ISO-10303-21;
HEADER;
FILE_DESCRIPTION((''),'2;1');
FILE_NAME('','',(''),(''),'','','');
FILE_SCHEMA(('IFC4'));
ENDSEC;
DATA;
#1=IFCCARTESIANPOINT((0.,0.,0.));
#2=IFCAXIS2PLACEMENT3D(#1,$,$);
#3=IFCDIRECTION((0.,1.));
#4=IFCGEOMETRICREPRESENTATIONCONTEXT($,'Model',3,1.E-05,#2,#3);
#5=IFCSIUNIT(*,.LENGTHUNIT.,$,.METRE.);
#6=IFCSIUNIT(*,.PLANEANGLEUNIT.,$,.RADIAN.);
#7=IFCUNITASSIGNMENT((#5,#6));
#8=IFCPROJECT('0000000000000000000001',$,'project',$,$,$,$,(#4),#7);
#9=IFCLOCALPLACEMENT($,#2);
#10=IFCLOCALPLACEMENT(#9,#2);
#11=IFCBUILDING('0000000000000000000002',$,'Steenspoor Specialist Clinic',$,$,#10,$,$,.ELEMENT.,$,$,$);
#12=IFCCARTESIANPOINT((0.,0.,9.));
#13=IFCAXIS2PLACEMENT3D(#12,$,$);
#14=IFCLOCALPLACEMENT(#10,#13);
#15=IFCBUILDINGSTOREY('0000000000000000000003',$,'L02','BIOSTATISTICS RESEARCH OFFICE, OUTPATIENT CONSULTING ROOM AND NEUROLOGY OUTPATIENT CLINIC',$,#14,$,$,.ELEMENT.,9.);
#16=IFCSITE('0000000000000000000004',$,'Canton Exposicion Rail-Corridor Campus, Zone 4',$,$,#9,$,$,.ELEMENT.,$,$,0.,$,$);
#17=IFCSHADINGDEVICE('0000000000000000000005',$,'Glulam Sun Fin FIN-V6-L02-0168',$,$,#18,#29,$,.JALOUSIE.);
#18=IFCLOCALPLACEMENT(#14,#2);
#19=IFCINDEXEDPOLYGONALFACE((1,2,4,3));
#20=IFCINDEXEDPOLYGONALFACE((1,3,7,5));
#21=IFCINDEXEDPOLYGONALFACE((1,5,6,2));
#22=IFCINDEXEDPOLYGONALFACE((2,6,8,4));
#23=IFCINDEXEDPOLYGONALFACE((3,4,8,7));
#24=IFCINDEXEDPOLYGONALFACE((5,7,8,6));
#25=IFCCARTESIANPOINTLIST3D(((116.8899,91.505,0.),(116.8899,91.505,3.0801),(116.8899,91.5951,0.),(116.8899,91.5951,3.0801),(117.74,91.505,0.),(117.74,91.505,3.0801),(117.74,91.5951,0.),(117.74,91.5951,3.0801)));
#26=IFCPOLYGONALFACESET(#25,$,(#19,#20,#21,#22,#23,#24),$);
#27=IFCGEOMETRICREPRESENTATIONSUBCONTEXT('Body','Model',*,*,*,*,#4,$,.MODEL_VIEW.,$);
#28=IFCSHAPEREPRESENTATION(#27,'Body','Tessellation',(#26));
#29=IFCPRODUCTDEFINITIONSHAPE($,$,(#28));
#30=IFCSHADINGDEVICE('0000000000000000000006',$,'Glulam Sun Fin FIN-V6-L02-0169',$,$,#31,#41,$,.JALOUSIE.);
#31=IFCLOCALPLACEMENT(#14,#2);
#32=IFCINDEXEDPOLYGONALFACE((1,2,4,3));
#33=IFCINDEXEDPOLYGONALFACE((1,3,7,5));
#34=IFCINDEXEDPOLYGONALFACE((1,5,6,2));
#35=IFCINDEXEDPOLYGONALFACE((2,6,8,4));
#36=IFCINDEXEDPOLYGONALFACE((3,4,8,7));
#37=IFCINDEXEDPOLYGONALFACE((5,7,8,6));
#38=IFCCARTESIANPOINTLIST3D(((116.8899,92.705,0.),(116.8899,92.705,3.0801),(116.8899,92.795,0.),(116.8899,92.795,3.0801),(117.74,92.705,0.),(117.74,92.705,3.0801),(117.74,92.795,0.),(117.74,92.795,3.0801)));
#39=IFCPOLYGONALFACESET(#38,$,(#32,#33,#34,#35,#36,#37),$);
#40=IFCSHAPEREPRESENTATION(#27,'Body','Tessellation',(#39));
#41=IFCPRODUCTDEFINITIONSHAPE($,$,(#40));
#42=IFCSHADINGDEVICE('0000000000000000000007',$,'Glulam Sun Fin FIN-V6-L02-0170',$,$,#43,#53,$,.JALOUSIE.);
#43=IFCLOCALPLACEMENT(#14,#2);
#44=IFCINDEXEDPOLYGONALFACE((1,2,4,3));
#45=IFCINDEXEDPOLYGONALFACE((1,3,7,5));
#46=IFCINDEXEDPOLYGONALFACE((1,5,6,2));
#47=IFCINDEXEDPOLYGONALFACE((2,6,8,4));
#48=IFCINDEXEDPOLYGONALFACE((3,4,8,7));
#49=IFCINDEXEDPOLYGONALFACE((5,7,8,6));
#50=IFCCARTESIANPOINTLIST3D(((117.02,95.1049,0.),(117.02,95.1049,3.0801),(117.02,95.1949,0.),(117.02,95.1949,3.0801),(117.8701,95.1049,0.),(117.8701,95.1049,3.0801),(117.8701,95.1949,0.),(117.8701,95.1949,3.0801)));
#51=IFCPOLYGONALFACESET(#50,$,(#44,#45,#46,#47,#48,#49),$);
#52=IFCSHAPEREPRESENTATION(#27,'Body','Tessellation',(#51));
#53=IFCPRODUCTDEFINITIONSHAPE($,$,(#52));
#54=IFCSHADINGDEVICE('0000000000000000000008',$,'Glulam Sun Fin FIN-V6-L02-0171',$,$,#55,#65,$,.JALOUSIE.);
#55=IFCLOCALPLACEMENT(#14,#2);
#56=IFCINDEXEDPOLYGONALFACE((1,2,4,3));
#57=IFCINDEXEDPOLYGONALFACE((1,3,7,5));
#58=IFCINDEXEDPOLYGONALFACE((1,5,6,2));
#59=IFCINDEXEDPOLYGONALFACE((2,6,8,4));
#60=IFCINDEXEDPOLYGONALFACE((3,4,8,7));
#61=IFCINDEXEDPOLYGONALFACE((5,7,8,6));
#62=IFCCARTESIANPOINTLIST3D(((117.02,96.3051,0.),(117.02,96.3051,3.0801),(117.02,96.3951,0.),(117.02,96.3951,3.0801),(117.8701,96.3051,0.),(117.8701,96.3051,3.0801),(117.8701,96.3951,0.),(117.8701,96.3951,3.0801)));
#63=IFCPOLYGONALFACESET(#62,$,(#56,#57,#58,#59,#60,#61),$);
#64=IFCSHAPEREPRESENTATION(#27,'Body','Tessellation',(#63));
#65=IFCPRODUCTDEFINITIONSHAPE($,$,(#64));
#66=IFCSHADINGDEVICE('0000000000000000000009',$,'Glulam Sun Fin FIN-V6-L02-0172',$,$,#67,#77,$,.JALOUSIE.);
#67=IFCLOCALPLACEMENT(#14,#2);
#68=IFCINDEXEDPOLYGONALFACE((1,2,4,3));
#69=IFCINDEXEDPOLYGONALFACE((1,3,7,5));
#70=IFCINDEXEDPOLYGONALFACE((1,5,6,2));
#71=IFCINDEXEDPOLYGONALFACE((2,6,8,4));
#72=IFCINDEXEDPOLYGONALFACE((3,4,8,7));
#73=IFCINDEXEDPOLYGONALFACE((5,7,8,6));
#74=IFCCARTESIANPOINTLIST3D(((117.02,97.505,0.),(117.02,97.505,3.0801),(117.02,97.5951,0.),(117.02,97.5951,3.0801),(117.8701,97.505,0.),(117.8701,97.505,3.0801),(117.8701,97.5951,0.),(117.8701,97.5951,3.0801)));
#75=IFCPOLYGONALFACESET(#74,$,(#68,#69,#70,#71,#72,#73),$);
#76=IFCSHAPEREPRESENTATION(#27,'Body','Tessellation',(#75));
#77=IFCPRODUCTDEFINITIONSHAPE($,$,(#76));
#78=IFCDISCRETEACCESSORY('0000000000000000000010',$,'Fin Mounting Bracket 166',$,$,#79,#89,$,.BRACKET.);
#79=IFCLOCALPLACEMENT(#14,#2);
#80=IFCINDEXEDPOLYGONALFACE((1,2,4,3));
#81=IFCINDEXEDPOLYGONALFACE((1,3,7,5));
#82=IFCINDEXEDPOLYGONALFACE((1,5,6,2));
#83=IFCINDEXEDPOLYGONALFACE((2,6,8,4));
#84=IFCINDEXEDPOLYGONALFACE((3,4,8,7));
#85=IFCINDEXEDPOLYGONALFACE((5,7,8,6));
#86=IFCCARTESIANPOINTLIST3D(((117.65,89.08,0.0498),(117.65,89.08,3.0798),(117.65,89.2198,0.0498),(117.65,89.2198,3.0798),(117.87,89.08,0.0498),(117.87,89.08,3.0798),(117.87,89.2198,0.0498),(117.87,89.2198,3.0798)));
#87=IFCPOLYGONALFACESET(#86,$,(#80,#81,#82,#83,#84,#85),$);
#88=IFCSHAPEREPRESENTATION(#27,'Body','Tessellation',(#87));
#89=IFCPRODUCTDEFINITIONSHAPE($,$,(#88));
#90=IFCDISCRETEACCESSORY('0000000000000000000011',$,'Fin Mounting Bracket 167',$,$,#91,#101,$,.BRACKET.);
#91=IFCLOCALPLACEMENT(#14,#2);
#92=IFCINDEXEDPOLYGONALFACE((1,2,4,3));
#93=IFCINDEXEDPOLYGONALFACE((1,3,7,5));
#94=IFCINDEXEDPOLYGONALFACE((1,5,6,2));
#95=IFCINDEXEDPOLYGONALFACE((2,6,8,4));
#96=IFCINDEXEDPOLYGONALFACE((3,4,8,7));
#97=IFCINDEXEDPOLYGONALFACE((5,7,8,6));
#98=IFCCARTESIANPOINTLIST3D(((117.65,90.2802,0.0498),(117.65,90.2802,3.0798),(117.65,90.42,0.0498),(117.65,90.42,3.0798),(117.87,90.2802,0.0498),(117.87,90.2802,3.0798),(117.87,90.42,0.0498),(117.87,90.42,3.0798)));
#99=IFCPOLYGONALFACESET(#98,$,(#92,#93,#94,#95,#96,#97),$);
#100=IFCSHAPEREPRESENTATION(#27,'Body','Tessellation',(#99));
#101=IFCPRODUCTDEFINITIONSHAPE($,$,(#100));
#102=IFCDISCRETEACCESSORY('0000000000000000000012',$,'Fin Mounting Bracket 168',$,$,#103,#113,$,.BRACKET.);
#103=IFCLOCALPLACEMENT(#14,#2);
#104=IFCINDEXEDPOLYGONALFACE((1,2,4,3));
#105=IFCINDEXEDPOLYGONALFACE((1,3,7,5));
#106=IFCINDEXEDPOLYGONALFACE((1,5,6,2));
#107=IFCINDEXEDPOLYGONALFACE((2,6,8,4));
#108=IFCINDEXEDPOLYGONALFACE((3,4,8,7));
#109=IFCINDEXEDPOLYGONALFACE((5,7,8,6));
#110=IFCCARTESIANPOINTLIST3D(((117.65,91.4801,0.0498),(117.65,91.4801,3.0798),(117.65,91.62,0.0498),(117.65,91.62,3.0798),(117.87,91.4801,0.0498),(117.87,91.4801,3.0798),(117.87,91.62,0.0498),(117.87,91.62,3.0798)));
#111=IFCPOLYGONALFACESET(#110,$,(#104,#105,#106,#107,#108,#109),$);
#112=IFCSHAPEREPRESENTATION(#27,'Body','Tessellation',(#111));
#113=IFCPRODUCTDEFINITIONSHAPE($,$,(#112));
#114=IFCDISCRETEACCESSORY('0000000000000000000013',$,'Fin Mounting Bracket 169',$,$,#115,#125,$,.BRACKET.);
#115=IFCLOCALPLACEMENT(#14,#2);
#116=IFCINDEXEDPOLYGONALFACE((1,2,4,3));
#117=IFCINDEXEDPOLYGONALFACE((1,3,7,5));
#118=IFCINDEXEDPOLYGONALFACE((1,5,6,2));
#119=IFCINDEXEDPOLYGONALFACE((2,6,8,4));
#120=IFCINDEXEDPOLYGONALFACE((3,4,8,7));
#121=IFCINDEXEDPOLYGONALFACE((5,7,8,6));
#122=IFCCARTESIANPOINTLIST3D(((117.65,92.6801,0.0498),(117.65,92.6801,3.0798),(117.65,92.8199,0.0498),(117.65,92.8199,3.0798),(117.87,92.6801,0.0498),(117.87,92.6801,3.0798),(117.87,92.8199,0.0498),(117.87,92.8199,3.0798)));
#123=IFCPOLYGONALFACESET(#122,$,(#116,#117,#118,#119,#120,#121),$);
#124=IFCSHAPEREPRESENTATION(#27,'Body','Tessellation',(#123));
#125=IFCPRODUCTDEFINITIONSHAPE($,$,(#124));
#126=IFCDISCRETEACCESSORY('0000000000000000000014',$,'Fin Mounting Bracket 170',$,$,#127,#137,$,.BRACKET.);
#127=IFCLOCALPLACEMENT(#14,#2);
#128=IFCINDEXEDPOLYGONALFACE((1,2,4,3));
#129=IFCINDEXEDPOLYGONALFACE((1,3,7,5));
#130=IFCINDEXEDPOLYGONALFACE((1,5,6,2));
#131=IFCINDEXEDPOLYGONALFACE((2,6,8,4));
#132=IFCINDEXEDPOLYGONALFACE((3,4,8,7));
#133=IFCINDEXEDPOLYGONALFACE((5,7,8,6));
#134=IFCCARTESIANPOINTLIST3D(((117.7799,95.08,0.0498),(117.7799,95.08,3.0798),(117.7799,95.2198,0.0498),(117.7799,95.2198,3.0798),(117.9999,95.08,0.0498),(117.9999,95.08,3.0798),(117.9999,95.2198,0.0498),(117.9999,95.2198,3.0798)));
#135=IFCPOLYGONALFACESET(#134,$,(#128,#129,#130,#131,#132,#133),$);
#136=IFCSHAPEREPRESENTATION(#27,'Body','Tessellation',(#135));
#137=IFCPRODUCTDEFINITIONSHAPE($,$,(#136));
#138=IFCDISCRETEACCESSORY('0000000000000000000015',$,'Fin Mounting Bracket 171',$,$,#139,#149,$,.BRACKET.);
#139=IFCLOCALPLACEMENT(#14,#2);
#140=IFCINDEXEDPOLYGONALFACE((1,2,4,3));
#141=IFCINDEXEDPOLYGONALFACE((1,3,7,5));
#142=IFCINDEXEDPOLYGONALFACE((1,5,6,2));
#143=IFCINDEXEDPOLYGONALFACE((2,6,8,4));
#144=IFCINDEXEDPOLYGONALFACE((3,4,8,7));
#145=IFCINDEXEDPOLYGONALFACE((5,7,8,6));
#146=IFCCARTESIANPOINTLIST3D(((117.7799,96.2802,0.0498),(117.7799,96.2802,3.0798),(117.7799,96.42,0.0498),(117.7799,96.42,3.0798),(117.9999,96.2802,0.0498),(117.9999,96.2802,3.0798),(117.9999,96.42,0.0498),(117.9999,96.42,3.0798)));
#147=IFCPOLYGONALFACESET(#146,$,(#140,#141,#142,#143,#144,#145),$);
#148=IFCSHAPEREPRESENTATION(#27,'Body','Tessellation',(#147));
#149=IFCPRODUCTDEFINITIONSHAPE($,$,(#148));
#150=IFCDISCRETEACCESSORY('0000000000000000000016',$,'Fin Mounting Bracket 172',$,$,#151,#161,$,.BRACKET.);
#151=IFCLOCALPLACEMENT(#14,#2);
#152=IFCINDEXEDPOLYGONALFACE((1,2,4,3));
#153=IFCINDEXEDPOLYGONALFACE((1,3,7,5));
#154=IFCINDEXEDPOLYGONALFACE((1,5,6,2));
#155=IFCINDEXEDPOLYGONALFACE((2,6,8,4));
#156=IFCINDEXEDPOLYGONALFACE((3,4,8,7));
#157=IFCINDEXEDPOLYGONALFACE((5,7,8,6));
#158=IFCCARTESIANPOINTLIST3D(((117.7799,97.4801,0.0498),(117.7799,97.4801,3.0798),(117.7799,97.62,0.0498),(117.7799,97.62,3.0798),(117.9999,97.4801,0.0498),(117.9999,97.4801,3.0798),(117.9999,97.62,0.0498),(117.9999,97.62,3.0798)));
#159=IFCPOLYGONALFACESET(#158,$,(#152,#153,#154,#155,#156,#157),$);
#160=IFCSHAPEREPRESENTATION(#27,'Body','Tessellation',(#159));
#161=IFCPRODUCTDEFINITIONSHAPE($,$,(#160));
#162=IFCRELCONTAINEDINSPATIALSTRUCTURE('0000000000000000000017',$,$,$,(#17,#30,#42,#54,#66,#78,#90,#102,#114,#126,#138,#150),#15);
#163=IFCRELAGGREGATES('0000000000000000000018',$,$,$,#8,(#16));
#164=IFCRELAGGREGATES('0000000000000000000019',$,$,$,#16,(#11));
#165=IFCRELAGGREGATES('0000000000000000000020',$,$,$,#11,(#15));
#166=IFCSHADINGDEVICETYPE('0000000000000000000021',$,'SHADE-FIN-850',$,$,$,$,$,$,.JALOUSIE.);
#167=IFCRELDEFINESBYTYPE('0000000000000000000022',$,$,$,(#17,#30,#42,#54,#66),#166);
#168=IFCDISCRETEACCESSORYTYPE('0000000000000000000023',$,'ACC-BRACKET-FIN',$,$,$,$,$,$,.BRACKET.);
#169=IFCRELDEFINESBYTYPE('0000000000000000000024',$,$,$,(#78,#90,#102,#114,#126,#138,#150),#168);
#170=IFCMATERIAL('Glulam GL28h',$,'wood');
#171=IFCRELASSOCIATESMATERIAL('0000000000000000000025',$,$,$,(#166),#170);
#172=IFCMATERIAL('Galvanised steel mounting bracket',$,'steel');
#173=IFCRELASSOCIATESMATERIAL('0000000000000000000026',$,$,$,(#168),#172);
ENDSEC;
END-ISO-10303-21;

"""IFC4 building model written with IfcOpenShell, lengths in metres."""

from ifc_helpers import new_model, si_unit, direction, frame, origin, origin_2d, place, context, subcontext, project, spatial, rectangle, extrude, material, material_profile, profile_set, type_object, element, save


model = new_model("IFC4")

# Units and contexts
model_context = context("Model", 3, precision=1e-05, world=origin(), true_north=direction((0.0, 1.0)))
body_context = subcontext(model_context, "Body", "Model", "MODEL_VIEW")
ifc_project = project(units=[si_unit("LENGTHUNIT", "METRE"), si_unit("PLANEANGLEUNIT", "RADIAN")], contexts=[model_context])

# Site, building, storey
site_placement = place(None, origin())
site = spatial("IfcSite", under=ifc_project, at=site_placement, Name="Canton Exposicion Rail-Corridor Campus, Zone 4", CompositionType="ELEMENT", RefElevation=0.0)
building_placement = place(site_placement, origin())
building = spatial("IfcBuilding", under=site, at=building_placement, Name="Steenspoor Specialist Clinic", CompositionType="ELEMENT")
storey_placement = place(building_placement, frame((0.0, 0.0, 9.0)))
storey = spatial("IfcBuildingStorey", under=building, at=storey_placement, Name="L02", Description="BIOSTATISTICS RESEARCH OFFICE, OUTPATIENT CONSULTING ROOM AND NEUROLOGY OUTPATIENT CLINIC", CompositionType="ELEMENT", Elevation=9.0)

# Shading devices
ifc_material_1 = material(Name="Glulam GL28h", Category="wood")
ifc_material_profile_1 = material_profile(ifc_material_1, rectangle(XDim=0.0901, YDim=0.8501, at=origin_2d()), Name="GL28H-90X850")
ifc_profile_set_1 = profile_set([ifc_material_profile_1], Name="Glulam GL28h")
shading_device_type = type_object("IfcShadingDeviceType", Name="SHADE-FIN-850", PredefinedType="JALOUSIE", material=ifc_profile_set_1)
for number, where, z_axis, x_axis, name in (
    (1, (117.3149, 91.55, 0.0), (0.0, 0.0, 1.0), (0.0, 1.0, 0.0), "Glulam Sun Fin FIN-V6-L02-0168"),
    (2, (117.3149, 92.75, 0.0), (0.0, 0.0, 1.0), (0.0, 1.0, 0.0), "Glulam Sun Fin FIN-V6-L02-0169"),
    (3, (117.4451, 95.1499, 0.0), (0.0, 0.0, 1.0), (0.0, 1.0, 0.0), "Glulam Sun Fin FIN-V6-L02-0170"),
    (4, (117.4451, 96.3501, 0.0), (0.0, 0.0, 1.0), (0.0, 1.0, 0.0), "Glulam Sun Fin FIN-V6-L02-0171"),
    (5, (117.4451, 97.55, 0.0), (0.0, 0.0, 1.0), (0.0, 1.0, 0.0), "Glulam Sun Fin FIN-V6-L02-0172"),
):
    element("IfcShadingDevice", number, at=place(storey_placement, frame(where, z_axis=z_axis, x_axis=x_axis)), inside=storey, type_object=shading_device_type, Name=name, PredefinedType="JALOUSIE", context=body_context, shape_type="SweptSolid", body=[
        extrude(rectangle(XDim=0.0901, YDim=0.8501, at=origin_2d()), origin(), (0.0, 0.0, 1.0), 3.0801),
    ])

# Discrete accessories
ifc_material_2 = material(Name="Galvanised steel mounting bracket", Category="steel")
discrete_accessory_type = type_object("IfcDiscreteAccessoryType", Name="ACC-BRACKET-FIN", PredefinedType="BRACKET", material=ifc_material_2)
for number, where, z_axis, x_axis, name in (
    (6, (117.76, 89.1499, 0.0498), (0.0, 0.0, 1.0), (-1.0, 0.0, 0.0), "Fin Mounting Bracket 166"),
    (7, (117.76, 90.3501, 0.0498), (0.0, 0.0, 1.0), (-1.0, 0.0, 0.0), "Fin Mounting Bracket 167"),
    (8, (117.76, 91.55, 0.0498), (0.0, 0.0, 1.0), (-1.0, 0.0, 0.0), "Fin Mounting Bracket 168"),
    (9, (117.76, 92.75, 0.0498), (0.0, 0.0, 1.0), (-1.0, 0.0, 0.0), "Fin Mounting Bracket 169"),
    (10, (117.8899, 95.1499, 0.0498), (0.0, 0.0, 1.0), (-1.0, 0.0, 0.0), "Fin Mounting Bracket 170"),
    (11, (117.8899, 96.3501, 0.0498), (0.0, 0.0, 1.0), (-1.0, 0.0, 0.0), "Fin Mounting Bracket 171"),
    (12, (117.8899, 97.55, 0.0498), (0.0, 0.0, 1.0), (-1.0, 0.0, 0.0), "Fin Mounting Bracket 172"),
):
    element("IfcDiscreteAccessory", number, at=place(storey_placement, frame(where, z_axis=z_axis, x_axis=x_axis)), inside=storey, type_object=discrete_accessory_type, Name=name, PredefinedType="BRACKET", context=body_context, shape_type="SweptSolid", body=[
        extrude(rectangle(XDim=0.22, YDim=0.1399, at=origin_2d()), origin(), (0.0, 0.0, 1.0), 3.03),
    ])

save(model, "model.ifc")
